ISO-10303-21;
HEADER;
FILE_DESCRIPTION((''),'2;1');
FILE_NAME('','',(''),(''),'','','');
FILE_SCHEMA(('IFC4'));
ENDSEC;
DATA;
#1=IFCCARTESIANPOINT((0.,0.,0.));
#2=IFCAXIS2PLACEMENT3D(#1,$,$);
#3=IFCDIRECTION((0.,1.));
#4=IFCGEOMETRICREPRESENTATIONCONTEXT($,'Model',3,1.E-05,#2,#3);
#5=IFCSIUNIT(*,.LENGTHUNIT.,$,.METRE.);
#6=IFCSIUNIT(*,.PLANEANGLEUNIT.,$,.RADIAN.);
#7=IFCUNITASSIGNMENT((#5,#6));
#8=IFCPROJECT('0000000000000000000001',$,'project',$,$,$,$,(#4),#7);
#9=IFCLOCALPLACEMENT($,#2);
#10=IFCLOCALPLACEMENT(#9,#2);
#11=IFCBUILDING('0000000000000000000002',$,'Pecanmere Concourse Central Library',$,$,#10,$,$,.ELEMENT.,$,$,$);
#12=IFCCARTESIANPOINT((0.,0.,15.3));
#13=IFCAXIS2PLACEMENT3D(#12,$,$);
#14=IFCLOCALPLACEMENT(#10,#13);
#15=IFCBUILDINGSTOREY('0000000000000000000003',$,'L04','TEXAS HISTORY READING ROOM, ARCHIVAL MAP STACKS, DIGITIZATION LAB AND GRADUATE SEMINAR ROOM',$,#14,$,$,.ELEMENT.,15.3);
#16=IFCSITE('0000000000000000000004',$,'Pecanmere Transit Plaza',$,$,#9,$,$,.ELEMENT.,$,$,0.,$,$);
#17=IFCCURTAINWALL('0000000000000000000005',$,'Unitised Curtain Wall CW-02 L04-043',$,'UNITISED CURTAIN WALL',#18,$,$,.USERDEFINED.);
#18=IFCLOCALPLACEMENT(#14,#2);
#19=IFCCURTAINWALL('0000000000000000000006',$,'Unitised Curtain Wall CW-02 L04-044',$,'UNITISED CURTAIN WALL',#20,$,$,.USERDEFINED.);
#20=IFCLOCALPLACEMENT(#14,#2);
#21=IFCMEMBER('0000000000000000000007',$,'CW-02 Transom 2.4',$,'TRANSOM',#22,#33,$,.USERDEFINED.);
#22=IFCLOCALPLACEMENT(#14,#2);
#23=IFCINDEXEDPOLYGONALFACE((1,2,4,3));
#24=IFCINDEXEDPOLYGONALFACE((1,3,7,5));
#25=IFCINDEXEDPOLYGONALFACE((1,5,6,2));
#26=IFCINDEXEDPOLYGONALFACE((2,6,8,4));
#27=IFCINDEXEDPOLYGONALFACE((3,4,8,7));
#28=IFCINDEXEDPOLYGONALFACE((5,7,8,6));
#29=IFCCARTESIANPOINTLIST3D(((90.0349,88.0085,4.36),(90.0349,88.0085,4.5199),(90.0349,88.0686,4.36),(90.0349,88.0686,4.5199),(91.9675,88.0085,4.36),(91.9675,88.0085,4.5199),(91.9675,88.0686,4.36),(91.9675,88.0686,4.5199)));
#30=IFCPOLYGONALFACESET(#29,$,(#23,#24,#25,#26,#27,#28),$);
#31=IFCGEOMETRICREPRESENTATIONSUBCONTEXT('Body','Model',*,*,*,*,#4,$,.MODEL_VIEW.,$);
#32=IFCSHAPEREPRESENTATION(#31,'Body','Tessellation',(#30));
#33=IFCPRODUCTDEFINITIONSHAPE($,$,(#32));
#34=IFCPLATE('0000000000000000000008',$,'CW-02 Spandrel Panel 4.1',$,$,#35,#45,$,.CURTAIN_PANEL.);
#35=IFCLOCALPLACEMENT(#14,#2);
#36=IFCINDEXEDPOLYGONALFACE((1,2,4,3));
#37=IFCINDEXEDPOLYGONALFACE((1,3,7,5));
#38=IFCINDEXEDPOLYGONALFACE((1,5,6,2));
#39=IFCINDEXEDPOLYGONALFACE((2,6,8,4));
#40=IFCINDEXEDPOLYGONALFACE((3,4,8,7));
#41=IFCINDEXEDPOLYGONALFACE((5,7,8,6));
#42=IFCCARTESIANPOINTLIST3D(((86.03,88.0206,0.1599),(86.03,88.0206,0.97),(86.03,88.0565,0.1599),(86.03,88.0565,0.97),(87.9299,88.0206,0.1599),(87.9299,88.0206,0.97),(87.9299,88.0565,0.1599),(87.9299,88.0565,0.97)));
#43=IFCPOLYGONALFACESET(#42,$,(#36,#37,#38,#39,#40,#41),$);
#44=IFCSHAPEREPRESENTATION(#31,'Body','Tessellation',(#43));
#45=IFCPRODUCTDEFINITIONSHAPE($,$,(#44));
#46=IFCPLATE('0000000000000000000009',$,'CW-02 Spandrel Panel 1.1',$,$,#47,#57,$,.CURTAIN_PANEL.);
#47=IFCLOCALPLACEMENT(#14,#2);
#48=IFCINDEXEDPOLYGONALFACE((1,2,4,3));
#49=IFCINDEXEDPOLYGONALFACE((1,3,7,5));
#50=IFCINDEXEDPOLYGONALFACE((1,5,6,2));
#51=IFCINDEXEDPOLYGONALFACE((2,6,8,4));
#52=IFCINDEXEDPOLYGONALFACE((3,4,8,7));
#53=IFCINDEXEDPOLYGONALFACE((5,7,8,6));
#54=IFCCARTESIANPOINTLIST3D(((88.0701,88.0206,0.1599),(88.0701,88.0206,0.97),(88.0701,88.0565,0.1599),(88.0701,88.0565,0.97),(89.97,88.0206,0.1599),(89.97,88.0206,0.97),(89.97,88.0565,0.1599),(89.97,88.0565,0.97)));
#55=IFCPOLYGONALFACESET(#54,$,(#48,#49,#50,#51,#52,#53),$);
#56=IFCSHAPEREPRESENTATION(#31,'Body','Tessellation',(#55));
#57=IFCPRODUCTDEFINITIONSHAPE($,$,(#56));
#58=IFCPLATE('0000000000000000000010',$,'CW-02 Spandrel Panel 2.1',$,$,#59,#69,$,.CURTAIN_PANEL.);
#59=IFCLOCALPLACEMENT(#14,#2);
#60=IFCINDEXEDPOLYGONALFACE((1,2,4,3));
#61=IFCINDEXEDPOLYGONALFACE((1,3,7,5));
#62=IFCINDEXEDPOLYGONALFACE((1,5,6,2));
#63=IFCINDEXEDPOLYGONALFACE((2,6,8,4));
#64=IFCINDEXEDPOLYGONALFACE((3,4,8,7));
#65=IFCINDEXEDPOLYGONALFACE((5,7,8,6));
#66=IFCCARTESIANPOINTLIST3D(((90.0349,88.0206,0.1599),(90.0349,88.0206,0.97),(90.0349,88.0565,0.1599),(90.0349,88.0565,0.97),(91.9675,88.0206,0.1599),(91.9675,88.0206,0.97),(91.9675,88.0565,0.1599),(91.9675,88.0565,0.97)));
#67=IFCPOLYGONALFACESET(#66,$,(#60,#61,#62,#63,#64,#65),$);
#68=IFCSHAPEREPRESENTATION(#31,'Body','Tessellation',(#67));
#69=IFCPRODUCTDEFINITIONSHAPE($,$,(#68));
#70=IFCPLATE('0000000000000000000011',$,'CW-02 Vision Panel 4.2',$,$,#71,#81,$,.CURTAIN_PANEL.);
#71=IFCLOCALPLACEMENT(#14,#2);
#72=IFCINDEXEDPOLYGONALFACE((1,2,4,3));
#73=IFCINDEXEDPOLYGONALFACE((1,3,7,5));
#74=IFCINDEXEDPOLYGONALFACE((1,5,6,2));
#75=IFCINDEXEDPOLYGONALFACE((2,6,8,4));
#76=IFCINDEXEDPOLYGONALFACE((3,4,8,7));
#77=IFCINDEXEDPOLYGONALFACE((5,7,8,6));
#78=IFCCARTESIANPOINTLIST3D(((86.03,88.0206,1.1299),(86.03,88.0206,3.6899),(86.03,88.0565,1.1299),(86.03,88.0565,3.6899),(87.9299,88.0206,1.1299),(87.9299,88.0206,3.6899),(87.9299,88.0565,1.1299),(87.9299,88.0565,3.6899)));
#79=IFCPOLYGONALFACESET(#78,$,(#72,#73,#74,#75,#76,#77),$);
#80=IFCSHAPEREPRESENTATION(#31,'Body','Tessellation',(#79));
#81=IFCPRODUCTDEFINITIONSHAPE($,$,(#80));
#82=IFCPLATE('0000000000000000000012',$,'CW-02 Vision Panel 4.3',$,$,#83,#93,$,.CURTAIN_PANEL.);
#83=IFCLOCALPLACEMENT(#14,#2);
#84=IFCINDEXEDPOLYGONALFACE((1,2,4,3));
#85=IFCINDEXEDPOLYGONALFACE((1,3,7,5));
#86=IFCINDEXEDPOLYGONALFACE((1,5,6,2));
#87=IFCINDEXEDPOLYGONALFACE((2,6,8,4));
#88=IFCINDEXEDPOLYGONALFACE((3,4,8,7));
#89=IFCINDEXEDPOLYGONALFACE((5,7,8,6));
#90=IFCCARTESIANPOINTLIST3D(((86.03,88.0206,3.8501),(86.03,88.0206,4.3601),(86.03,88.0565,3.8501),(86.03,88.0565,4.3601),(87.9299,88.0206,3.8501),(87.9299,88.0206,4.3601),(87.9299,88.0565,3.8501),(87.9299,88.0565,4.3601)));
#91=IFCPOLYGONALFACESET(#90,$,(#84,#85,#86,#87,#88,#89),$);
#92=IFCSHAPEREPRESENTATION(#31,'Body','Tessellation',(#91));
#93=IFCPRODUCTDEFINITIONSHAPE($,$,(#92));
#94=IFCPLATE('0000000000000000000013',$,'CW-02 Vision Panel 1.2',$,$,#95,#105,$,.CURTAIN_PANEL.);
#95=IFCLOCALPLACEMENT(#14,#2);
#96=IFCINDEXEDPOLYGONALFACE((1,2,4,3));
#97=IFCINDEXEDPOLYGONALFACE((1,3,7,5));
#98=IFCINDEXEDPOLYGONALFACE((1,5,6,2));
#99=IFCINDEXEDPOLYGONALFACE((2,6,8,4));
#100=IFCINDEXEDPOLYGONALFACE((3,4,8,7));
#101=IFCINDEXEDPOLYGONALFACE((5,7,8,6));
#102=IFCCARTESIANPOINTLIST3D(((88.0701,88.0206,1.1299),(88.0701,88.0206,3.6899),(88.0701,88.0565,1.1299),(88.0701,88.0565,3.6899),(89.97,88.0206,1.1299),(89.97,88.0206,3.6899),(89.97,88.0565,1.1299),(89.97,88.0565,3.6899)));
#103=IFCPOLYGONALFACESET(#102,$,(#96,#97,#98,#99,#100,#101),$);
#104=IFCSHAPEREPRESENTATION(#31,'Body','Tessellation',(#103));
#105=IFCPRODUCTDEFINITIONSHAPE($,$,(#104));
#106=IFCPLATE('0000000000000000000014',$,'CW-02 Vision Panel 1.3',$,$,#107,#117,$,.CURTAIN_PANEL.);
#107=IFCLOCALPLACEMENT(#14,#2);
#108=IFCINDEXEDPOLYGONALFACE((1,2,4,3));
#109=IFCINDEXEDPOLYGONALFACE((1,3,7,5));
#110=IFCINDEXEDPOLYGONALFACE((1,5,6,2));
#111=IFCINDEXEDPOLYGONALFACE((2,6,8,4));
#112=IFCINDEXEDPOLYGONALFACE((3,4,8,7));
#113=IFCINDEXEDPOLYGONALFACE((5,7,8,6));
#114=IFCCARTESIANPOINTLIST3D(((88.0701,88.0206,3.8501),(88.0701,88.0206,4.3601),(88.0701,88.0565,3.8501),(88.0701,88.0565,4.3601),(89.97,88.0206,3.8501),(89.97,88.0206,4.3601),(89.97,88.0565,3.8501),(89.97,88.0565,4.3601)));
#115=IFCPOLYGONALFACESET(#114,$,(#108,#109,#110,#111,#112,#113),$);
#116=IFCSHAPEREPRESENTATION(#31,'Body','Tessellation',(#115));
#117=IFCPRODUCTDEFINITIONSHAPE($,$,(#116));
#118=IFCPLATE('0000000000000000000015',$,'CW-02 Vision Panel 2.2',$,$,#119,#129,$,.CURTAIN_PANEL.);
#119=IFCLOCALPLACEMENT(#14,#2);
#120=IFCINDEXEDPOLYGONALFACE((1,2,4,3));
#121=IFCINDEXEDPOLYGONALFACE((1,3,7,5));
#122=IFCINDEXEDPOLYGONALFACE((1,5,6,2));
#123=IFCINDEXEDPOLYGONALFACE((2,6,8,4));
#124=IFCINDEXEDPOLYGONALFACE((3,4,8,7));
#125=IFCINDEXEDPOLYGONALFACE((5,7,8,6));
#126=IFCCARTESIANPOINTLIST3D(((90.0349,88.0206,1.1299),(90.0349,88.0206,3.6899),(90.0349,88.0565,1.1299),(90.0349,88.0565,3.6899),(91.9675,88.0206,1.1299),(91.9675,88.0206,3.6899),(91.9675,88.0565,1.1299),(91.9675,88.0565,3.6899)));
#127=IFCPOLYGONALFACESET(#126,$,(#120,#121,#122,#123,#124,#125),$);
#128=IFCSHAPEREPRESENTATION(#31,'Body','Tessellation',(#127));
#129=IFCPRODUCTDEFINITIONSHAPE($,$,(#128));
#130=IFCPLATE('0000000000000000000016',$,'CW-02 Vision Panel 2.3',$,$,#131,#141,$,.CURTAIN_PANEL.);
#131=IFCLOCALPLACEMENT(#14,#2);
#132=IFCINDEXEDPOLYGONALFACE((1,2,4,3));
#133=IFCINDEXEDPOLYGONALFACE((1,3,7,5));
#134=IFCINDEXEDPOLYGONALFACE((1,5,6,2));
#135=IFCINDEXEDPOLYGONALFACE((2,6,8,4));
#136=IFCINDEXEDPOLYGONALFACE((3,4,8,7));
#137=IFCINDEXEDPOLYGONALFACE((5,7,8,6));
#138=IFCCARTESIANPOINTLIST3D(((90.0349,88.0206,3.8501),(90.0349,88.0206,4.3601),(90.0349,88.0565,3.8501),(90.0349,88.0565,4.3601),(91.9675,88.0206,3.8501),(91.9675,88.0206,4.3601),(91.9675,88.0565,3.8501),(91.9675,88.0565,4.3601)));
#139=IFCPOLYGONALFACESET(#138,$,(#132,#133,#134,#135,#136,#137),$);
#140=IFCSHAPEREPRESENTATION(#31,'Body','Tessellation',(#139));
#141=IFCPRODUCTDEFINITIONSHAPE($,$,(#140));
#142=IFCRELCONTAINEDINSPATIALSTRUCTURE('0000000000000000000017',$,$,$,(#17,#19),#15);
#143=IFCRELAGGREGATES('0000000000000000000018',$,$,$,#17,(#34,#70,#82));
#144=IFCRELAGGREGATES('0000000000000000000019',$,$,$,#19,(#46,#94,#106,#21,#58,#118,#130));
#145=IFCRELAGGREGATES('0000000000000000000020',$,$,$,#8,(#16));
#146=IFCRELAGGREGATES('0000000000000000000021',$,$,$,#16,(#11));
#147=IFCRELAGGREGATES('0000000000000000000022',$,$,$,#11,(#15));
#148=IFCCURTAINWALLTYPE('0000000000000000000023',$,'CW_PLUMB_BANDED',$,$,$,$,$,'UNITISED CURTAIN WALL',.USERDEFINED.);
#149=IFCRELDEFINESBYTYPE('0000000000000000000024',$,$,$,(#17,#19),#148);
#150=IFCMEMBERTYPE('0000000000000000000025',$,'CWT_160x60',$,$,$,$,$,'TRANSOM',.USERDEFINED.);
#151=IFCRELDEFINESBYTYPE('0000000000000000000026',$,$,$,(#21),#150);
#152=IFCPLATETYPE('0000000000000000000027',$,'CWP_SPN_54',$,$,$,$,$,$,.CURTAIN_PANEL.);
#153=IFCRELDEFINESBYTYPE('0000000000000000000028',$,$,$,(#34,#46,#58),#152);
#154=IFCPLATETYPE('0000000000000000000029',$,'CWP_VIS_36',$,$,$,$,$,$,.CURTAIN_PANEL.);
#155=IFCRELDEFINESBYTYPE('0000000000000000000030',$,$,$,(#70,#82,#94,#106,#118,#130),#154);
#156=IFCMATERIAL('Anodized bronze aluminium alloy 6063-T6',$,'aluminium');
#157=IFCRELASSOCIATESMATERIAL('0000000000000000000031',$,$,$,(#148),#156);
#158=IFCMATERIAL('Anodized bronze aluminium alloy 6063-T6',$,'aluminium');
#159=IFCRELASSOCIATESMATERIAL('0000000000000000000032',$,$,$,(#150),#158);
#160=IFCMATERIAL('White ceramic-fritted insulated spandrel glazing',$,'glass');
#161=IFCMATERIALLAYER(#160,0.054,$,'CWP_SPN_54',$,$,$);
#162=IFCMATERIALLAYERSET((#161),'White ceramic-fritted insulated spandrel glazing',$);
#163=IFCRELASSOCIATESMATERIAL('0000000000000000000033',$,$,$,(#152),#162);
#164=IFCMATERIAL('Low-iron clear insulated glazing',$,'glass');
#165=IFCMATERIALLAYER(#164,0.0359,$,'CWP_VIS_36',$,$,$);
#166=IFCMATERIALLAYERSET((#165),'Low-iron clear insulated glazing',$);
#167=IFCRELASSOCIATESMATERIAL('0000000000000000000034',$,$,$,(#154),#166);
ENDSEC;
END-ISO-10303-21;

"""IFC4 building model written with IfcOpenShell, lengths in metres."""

from ifc_helpers import new_model, si_unit, direction, frame, origin, origin_2d, place, context, subcontext, project, spatial, rectangle, extrude, material, layer, layer_set, material_profile, profile_set, type_object, element, aggregate, save


model = new_model("IFC4")

# Units and contexts
model_context = context("Model", 3, precision=1e-05, world=origin(), true_north=direction((0.0, 1.0)))
body_context = subcontext(model_context, "Body", "Model", "MODEL_VIEW")
ifc_project = project(units=[si_unit("LENGTHUNIT", "METRE"), si_unit("PLANEANGLEUNIT", "RADIAN")], contexts=[model_context])

# Site, building, storey
site_placement = place(None, origin())
site = spatial("IfcSite", under=ifc_project, at=site_placement, Name="Pecanmere Transit Plaza", CompositionType="ELEMENT", RefElevation=0.0)
building_placement = place(site_placement, origin())
building = spatial("IfcBuilding", under=site, at=building_placement, Name="Pecanmere Concourse Central Library", CompositionType="ELEMENT")
storey_placement = place(building_placement, frame((0.0, 0.0, 15.3)))
storey = spatial("IfcBuildingStorey", under=building, at=storey_placement, Name="L04", Description="TEXAS HISTORY READING ROOM, ARCHIVAL MAP STACKS, DIGITIZATION LAB AND GRADUATE SEMINAR ROOM", CompositionType="ELEMENT", Elevation=15.3)

# Curtain walls
ifc_material_1 = material(Name="Anodized bronze aluminium alloy 6063-T6", Category="aluminium")
curtain_wall_type = type_object("IfcCurtainWallType", Name="CW_PLUMB_BANDED", ElementType="UNITISED CURTAIN WALL", PredefinedType="USERDEFINED", material=ifc_material_1)
curtain_wall_1_placement = place(storey_placement, origin())
curtain_wall_1 = element("IfcCurtainWall", 1, at=curtain_wall_1_placement, inside=storey, type_object=curtain_wall_type, Name="Unitised Curtain Wall CW-02 L04-043", ObjectType="UNITISED CURTAIN WALL", PredefinedType="USERDEFINED")
curtain_wall_2_placement = place(storey_placement, origin())
curtain_wall_2 = element("IfcCurtainWall", 2, at=curtain_wall_2_placement, inside=storey, type_object=curtain_wall_type, Name="Unitised Curtain Wall CW-02 L04-044", ObjectType="UNITISED CURTAIN WALL", PredefinedType="USERDEFINED")

# Member
ifc_material_2 = material(Name="Anodized bronze aluminium alloy 6063-T6", Category="aluminium")
ifc_material_profile_1 = material_profile(ifc_material_2, rectangle(XDim=0.0601, YDim=0.1599, at=origin_2d()), Name="AL 60x160")
ifc_profile_set_1 = profile_set([ifc_material_profile_1], Name="Anodized bronze aluminium alloy 6063-T6")
member_type_1 = type_object("IfcMemberType", Name="CWT_160x60", ElementType="TRANSOM", PredefinedType="USERDEFINED", material=ifc_profile_set_1)
member_1_placement = place(storey_placement, frame((90.0349, 88.0386, 4.4399), z_axis=(1.0, 0.0, 0.0), x_axis=(0.0, 1.0, 0.0)))
member_1 = element("IfcMember", 3, at=member_1_placement, type_object=member_type_1, Name="CW-02 Transom 2.4", ObjectType="TRANSOM", PredefinedType="USERDEFINED", context=body_context, shape_type="SweptSolid", body=[
    extrude(rectangle(XDim=0.0601, YDim=0.1599, at=origin_2d()), origin(), (0.0, 0.0, 1.0), 1.9326),
])

# Plates
ifc_material_3 = material(Name="White ceramic-fritted insulated spandrel glazing", Category="glass")
ifc_layer_1 = layer(ifc_material_3, 0.054, Name="CWP_SPN_54")
ifc_layer_set_1 = layer_set([ifc_layer_1], Name="White ceramic-fritted insulated spandrel glazing")
plate_type_1 = type_object("IfcPlateType", Name="CWP_SPN_54", PredefinedType="CURTAIN_PANEL", material=ifc_layer_set_1)
plate_1_placement = place(storey_placement, frame((86.98, 88.0386, 0.1599), z_axis=(0.0, 0.0, 1.0), x_axis=(1.0, 0.0, 0.0)))
plate_1 = element("IfcPlate", 4, at=plate_1_placement, type_object=plate_type_1, Name="CW-02 Spandrel Panel 4.1", PredefinedType="CURTAIN_PANEL", context=body_context, shape_type="SweptSolid", body=[
    extrude(rectangle(XDim=1.8999, YDim=0.0359, at=origin_2d()), origin(), (0.0, 0.0, 1.0), 0.8101),
])
plate_2_placement = place(storey_placement, frame((89.02, 88.0386, 0.1599), z_axis=(0.0, 0.0, 1.0), x_axis=(1.0, 0.0, 0.0)))
plate_2 = element("IfcPlate", 5, at=plate_2_placement, type_object=plate_type_1, Name="CW-02 Spandrel Panel 1.1", PredefinedType="CURTAIN_PANEL", context=body_context, shape_type="SweptSolid", body=[
    extrude(rectangle(XDim=1.8999, YDim=0.0359, at=origin_2d()), origin(), (0.0, 0.0, 1.0), 0.8101),
])
plate_3_placement = place(storey_placement, frame((91.0012, 88.0386, 0.1599), z_axis=(0.0, 0.0, 1.0), x_axis=(1.0, 0.0, 0.0)))
plate_3 = element("IfcPlate", 6, at=plate_3_placement, type_object=plate_type_1, Name="CW-02 Spandrel Panel 2.1", PredefinedType="CURTAIN_PANEL", context=body_context, shape_type="SweptSolid", body=[
    extrude(rectangle(XDim=1.9326, YDim=0.0359, at=origin_2d()), origin(), (0.0, 0.0, 1.0), 0.8101),
])
ifc_material_4 = material(Name="Low-iron clear insulated glazing", Category="glass")
ifc_layer_2 = layer(ifc_material_4, 0.0359, Name="CWP_VIS_36")
ifc_layer_set_2 = layer_set([ifc_layer_2], Name="Low-iron clear insulated glazing")
plate_type_2 = type_object("IfcPlateType", Name="CWP_VIS_36", PredefinedType="CURTAIN_PANEL", material=ifc_layer_set_2)
plate_4_placement = place(storey_placement, frame((86.98, 88.0386, 1.1299), z_axis=(0.0, 0.0, 1.0), x_axis=(1.0, 0.0, 0.0)))
plate_4 = element("IfcPlate", 7, at=plate_4_placement, type_object=plate_type_2, Name="CW-02 Vision Panel 4.2", PredefinedType="CURTAIN_PANEL", context=body_context, shape_type="SweptSolid", body=[
    extrude(rectangle(XDim=1.8999, YDim=0.0359, at=origin_2d()), origin(), (0.0, 0.0, 1.0), 2.5601),
])
plate_5_placement = place(storey_placement, frame((86.98, 88.0386, 3.8501), z_axis=(0.0, 0.0, 1.0), x_axis=(1.0, 0.0, 0.0)))
plate_5 = element("IfcPlate", 8, at=plate_5_placement, type_object=plate_type_2, Name="CW-02 Vision Panel 4.3", PredefinedType="CURTAIN_PANEL", context=body_context, shape_type="SweptSolid", body=[
    extrude(rectangle(XDim=1.8999, YDim=0.0359, at=origin_2d()), origin(), (0.0, 0.0, 1.0), 0.51),
])
aggregate(curtain_wall_1, [plate_1, plate_4, plate_5])
plate_6_placement = place(storey_placement, frame((89.02, 88.0386, 1.1299), z_axis=(0.0, 0.0, 1.0), x_axis=(1.0, 0.0, 0.0)))
plate_6 = element("IfcPlate", 9, at=plate_6_placement, type_object=plate_type_2, Name="CW-02 Vision Panel 1.2", PredefinedType="CURTAIN_PANEL", context=body_context, shape_type="SweptSolid", body=[
    extrude(rectangle(XDim=1.8999, YDim=0.0359, at=origin_2d()), origin(), (0.0, 0.0, 1.0), 2.5601),
])
plate_7_placement = place(storey_placement, frame((89.02, 88.0386, 3.8501), z_axis=(0.0, 0.0, 1.0), x_axis=(1.0, 0.0, 0.0)))
plate_7 = element("IfcPlate", 10, at=plate_7_placement, type_object=plate_type_2, Name="CW-02 Vision Panel 1.3", PredefinedType="CURTAIN_PANEL", context=body_context, shape_type="SweptSolid", body=[
    extrude(rectangle(XDim=1.8999, YDim=0.0359, at=origin_2d()), origin(), (0.0, 0.0, 1.0), 0.51),
])
plate_8_placement = place(storey_placement, frame((91.0012, 88.0386, 1.1299), z_axis=(0.0, 0.0, 1.0), x_axis=(1.0, 0.0, 0.0)))
plate_8 = element("IfcPlate", 11, at=plate_8_placement, type_object=plate_type_2, Name="CW-02 Vision Panel 2.2", PredefinedType="CURTAIN_PANEL", context=body_context, shape_type="SweptSolid", body=[
    extrude(rectangle(XDim=1.9326, YDim=0.0359, at=origin_2d()), origin(), (0.0, 0.0, 1.0), 2.5601),
])
plate_9_placement = place(storey_placement, frame((91.0012, 88.0386, 3.8501), z_axis=(0.0, 0.0, 1.0), x_axis=(1.0, 0.0, 0.0)))
plate_9 = element("IfcPlate", 12, at=plate_9_placement, type_object=plate_type_2, Name="CW-02 Vision Panel 2.3", PredefinedType="CURTAIN_PANEL", context=body_context, shape_type="SweptSolid", body=[
    extrude(rectangle(XDim=1.9326, YDim=0.0359, at=origin_2d()), origin(), (0.0, 0.0, 1.0), 0.51),
])
aggregate(curtain_wall_2, [plate_2, plate_6, plate_7, member_1, plate_3, plate_8, plate_9])

save(model, "model.ifc")
